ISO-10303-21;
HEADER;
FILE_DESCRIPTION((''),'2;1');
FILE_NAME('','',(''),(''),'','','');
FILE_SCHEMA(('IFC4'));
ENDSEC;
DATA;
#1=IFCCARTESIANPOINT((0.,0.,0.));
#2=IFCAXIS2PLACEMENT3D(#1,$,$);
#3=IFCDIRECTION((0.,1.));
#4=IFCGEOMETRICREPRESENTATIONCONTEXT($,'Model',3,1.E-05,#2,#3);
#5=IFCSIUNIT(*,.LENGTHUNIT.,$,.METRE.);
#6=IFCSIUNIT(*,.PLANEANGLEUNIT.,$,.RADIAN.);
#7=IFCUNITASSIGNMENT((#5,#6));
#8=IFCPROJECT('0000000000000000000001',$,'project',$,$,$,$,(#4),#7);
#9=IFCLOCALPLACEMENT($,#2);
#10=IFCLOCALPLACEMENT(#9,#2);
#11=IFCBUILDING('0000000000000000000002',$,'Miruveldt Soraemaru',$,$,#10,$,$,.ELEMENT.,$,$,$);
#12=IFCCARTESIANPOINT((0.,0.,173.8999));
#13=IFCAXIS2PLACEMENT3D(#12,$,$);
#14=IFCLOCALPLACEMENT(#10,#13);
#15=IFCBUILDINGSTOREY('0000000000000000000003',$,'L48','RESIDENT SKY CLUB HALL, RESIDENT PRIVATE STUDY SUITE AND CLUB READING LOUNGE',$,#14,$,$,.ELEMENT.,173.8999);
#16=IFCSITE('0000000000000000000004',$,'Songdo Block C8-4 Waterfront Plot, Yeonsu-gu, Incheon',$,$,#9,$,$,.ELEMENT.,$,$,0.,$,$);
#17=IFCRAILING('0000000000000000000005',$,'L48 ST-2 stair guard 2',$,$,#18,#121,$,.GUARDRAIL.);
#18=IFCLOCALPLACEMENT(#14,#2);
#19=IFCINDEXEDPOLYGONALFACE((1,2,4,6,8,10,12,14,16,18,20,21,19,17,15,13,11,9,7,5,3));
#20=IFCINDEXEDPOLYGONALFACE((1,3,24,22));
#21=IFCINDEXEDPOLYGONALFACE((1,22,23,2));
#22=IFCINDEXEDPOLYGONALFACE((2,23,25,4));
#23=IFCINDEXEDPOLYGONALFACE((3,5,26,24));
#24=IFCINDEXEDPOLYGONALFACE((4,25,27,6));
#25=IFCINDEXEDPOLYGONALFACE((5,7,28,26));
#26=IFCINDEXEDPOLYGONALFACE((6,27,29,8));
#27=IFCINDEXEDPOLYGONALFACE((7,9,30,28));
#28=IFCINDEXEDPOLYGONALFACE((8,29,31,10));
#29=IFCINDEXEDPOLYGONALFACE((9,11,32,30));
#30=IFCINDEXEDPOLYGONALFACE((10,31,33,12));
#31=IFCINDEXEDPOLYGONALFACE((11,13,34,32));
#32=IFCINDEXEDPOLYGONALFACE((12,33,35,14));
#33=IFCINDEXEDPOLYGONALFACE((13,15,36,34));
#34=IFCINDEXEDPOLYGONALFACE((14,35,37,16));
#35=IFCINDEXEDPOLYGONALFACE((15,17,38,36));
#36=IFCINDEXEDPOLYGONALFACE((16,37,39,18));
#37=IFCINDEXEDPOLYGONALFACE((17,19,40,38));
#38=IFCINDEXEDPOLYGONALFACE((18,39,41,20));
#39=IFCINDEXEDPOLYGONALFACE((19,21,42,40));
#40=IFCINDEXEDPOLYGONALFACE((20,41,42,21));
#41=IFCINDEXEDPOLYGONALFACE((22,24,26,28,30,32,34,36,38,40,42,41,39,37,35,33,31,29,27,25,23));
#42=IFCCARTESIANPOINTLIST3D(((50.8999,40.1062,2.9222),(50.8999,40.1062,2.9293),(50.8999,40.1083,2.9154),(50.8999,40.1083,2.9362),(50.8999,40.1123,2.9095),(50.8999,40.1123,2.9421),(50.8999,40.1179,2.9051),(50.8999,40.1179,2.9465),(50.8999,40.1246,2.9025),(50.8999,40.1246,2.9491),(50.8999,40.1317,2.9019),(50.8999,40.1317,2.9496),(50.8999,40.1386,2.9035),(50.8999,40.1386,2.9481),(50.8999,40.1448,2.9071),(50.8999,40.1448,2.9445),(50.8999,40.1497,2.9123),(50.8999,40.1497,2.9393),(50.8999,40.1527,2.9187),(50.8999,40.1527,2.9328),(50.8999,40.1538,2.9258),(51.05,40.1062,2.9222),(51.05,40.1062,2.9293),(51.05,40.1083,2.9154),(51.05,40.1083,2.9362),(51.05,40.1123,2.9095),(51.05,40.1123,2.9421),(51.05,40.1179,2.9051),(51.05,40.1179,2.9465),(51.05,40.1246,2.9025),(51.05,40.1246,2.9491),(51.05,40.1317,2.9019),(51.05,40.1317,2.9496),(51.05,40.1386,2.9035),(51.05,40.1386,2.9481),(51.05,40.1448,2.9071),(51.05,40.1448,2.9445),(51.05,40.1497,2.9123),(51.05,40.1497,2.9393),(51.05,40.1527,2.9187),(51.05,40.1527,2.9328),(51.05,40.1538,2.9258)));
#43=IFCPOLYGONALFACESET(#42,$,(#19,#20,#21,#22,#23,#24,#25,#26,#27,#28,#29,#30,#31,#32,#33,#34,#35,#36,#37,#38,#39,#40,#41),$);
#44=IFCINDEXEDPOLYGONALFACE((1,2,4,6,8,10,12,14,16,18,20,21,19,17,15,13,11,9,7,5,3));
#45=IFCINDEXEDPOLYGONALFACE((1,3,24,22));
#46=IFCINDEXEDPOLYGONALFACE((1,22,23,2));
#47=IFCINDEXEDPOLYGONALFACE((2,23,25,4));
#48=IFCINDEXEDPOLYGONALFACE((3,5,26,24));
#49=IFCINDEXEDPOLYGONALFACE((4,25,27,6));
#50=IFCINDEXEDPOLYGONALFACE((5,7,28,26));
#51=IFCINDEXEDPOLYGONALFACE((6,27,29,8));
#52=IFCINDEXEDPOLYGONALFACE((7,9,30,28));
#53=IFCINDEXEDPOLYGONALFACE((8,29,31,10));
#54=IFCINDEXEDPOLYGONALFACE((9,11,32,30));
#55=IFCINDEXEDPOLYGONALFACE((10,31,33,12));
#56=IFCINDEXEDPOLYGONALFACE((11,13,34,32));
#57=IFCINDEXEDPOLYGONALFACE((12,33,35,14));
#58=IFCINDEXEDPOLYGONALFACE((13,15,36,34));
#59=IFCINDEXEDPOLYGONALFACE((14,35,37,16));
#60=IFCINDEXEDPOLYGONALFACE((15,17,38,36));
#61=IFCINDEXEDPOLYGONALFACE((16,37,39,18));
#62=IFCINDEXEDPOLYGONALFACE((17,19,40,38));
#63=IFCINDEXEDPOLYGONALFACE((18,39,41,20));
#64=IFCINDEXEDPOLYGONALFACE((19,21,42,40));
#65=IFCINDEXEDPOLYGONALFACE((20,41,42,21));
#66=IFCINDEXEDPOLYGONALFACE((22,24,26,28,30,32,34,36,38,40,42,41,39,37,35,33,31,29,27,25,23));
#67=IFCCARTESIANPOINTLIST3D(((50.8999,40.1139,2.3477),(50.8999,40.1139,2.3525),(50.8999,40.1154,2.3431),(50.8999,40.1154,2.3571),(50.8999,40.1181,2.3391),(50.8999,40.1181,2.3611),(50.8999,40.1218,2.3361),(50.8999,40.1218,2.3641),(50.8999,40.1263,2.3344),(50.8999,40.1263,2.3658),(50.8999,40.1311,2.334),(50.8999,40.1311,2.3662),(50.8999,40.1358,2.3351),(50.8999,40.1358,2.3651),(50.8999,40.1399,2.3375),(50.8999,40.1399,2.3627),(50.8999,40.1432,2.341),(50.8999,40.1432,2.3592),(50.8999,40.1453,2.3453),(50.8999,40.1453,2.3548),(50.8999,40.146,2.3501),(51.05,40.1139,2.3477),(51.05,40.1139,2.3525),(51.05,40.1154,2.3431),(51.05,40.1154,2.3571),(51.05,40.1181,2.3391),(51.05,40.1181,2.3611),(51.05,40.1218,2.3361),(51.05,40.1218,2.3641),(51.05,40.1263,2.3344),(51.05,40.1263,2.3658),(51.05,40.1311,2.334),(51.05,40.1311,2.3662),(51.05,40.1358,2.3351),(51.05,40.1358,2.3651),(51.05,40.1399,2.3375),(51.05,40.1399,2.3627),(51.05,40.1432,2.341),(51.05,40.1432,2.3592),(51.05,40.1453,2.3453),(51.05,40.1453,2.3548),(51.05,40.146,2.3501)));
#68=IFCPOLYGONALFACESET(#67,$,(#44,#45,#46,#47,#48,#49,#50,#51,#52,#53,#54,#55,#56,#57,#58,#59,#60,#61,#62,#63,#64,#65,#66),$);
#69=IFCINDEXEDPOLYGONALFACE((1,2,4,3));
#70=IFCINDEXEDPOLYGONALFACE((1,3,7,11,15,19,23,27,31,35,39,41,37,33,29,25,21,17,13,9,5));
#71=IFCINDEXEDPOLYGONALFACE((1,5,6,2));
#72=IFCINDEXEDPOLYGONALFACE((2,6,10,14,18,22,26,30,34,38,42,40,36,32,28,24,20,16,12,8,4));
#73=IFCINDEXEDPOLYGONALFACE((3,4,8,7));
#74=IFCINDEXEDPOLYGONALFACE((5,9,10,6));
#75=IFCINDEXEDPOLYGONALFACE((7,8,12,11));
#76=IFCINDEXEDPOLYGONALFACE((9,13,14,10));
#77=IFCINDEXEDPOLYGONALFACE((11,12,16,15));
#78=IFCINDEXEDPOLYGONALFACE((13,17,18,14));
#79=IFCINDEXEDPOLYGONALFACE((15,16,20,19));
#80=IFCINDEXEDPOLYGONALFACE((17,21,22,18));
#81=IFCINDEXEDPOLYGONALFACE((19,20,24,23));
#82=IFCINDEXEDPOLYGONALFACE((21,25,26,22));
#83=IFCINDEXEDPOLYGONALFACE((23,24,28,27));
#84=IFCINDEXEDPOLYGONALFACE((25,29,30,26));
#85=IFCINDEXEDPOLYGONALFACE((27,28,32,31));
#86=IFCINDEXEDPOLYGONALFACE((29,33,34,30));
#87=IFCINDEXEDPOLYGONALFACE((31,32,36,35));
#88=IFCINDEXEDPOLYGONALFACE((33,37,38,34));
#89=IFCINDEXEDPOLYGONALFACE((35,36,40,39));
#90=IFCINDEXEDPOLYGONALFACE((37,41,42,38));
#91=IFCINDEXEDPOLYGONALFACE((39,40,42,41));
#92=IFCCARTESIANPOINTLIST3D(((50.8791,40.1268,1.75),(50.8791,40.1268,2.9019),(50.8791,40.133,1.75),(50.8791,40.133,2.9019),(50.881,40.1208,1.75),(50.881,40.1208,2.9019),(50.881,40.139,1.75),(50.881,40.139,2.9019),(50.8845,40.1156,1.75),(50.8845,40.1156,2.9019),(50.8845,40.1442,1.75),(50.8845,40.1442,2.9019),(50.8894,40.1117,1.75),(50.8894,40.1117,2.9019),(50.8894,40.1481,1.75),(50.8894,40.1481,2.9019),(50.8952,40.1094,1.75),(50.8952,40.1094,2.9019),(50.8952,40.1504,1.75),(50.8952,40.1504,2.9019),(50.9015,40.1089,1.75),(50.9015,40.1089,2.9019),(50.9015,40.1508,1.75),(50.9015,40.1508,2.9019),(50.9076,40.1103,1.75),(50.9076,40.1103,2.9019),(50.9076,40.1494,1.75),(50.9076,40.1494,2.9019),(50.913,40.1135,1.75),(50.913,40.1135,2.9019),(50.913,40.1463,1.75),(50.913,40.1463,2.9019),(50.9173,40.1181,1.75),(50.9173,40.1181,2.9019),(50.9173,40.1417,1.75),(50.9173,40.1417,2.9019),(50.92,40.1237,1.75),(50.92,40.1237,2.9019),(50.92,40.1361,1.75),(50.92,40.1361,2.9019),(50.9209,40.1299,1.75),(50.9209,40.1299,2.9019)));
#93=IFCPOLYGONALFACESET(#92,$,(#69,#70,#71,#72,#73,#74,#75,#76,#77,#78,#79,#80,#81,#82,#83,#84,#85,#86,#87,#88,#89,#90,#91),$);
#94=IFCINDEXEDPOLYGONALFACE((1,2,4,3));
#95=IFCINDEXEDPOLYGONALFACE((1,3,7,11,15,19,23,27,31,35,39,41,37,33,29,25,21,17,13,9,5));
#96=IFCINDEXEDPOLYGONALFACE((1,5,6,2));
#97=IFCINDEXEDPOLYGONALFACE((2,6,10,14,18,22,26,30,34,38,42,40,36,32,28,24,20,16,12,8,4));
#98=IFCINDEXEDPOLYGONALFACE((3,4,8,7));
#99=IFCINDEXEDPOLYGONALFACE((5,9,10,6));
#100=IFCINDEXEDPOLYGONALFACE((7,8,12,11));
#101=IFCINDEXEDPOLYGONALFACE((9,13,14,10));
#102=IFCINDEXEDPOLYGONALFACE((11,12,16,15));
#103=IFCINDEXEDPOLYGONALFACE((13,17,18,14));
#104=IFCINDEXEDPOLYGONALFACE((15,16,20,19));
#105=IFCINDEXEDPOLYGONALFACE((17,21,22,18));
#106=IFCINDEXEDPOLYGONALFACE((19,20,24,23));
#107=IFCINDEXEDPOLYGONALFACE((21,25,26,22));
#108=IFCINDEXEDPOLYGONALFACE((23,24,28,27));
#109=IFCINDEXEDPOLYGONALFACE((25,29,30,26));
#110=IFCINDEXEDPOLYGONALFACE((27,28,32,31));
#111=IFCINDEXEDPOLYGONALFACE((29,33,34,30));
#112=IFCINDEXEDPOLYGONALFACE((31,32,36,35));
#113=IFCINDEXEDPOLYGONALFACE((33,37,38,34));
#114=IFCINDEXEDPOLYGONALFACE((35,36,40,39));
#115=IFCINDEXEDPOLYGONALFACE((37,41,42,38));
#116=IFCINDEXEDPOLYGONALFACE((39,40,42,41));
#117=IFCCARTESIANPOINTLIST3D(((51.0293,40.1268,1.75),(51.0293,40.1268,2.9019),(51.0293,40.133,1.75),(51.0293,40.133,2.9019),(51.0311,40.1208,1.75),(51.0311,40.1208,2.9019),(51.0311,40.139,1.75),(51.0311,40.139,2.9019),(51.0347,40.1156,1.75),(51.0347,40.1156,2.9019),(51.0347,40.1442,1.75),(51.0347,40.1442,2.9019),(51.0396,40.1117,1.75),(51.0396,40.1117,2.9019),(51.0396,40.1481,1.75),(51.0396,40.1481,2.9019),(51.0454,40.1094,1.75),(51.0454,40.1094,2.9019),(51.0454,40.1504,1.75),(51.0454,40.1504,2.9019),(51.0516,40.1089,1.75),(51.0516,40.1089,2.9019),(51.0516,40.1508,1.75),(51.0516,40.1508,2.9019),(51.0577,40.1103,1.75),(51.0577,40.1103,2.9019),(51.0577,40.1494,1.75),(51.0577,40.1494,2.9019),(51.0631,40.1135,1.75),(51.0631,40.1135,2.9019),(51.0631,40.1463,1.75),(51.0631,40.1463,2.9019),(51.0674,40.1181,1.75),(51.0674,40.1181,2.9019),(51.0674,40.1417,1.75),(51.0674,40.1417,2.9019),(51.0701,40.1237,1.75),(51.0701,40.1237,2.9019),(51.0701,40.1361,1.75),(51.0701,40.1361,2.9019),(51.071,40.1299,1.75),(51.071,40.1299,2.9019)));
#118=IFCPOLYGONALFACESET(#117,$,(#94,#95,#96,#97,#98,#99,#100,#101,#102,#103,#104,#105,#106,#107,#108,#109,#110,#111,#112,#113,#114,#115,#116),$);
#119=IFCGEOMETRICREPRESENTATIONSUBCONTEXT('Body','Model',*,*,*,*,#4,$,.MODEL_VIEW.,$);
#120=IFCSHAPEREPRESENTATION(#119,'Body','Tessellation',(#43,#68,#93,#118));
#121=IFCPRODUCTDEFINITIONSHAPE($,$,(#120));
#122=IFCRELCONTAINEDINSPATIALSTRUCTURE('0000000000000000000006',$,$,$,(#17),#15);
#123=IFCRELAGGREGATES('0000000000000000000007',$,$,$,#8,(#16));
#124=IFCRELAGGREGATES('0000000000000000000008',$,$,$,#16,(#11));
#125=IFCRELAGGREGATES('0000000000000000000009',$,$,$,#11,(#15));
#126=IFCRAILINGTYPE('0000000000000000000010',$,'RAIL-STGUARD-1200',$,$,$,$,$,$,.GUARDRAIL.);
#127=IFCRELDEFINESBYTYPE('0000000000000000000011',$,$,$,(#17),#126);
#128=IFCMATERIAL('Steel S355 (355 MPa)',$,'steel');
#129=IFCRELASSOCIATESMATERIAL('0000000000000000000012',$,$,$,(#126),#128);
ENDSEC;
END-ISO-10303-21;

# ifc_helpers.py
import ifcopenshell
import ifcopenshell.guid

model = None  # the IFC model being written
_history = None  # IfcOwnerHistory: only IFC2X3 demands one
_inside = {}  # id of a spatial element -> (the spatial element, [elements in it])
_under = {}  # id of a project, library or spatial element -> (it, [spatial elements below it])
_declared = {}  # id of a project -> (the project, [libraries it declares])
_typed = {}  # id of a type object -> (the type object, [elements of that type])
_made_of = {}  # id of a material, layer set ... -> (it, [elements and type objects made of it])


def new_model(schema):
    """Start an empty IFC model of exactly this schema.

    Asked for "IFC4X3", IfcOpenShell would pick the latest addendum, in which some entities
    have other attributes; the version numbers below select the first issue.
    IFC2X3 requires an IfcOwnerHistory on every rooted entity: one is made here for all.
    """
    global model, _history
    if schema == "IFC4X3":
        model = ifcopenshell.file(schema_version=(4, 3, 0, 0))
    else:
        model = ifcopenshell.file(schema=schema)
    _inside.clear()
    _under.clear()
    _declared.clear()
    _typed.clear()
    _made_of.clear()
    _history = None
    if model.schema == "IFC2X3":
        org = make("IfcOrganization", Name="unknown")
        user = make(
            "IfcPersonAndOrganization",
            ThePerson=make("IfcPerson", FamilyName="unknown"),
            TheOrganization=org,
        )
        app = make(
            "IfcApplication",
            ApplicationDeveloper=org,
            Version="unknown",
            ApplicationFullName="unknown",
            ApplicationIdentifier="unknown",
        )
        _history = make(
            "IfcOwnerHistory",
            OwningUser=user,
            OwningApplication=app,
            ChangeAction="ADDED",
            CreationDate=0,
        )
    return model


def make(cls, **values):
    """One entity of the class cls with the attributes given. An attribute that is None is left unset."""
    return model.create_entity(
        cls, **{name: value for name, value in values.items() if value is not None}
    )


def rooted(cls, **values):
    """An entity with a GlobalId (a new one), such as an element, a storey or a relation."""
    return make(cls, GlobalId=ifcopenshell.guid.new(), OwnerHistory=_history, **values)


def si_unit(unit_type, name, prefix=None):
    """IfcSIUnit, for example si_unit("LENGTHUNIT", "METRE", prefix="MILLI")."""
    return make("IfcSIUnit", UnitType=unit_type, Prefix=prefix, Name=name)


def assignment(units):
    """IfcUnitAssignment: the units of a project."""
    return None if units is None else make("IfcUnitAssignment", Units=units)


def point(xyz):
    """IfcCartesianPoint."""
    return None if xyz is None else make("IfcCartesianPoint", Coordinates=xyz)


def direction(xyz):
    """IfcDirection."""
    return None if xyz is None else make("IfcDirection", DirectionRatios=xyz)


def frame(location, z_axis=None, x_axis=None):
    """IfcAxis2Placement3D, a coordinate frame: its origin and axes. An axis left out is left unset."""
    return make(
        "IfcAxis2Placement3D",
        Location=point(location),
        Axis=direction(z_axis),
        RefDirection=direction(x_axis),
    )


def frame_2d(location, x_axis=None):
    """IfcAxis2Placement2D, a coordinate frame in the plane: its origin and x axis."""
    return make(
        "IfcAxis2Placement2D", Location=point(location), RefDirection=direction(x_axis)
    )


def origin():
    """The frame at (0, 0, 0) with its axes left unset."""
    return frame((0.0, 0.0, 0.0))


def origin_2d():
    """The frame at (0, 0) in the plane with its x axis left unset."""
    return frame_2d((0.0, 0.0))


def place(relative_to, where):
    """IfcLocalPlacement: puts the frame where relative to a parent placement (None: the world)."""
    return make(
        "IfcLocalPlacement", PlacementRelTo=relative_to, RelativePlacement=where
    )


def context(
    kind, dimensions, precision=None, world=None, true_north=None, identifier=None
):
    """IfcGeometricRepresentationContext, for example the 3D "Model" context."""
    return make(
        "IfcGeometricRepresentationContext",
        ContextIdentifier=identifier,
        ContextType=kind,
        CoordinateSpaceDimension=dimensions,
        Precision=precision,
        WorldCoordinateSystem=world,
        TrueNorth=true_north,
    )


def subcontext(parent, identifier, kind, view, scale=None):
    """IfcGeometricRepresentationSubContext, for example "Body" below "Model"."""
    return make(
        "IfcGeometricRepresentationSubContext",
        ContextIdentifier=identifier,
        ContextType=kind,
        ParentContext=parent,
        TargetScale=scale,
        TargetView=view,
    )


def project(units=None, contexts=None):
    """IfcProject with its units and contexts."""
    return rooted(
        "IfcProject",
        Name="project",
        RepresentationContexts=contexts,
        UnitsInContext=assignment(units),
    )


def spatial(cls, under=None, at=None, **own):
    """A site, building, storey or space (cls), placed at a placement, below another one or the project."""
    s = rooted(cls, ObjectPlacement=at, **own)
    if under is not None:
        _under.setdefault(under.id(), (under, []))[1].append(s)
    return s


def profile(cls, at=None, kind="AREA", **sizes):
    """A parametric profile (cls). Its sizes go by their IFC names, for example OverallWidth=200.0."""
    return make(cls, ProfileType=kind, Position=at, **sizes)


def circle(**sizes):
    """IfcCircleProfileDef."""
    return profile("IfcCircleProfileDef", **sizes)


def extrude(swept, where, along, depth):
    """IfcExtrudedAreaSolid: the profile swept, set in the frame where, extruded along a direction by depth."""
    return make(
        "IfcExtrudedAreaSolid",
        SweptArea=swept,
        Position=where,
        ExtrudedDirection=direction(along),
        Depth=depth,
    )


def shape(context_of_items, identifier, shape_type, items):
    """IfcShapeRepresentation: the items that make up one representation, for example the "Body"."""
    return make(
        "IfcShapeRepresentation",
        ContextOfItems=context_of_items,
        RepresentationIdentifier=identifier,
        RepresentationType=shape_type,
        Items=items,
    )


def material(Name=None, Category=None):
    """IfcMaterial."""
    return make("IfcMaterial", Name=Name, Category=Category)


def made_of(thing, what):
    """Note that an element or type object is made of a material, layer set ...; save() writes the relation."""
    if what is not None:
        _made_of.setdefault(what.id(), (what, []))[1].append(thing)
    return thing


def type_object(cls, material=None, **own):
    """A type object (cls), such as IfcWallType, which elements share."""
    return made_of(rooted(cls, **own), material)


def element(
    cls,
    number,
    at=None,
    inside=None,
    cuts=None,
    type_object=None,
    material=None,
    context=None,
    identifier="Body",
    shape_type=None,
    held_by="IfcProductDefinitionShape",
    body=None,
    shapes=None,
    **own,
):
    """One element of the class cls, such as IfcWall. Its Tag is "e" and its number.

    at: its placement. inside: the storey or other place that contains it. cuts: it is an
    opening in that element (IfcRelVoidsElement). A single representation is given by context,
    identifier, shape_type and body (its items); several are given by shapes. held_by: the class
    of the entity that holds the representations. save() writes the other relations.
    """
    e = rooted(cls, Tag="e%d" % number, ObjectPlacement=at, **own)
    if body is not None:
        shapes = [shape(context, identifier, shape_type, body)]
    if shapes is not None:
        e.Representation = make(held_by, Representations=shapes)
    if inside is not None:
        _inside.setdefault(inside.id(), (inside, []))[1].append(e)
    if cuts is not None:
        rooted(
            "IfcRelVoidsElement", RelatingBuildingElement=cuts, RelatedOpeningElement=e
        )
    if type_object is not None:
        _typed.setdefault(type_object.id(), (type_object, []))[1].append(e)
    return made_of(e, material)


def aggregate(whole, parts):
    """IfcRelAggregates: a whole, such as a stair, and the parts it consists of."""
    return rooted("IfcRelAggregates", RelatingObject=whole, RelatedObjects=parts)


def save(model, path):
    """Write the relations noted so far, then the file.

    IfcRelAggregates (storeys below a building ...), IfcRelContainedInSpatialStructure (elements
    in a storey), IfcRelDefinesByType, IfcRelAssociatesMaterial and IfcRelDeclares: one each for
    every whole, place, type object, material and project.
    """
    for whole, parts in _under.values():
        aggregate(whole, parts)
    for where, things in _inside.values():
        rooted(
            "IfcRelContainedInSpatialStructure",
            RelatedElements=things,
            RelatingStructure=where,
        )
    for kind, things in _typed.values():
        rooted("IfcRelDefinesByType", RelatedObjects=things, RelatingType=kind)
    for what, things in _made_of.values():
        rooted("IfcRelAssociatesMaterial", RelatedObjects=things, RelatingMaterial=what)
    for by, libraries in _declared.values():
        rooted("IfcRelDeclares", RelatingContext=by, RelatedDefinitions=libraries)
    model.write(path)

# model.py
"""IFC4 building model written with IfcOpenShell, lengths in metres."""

from ifc_helpers import new_model, si_unit, direction, frame, origin, origin_2d, place, context, subcontext, project, spatial, circle, extrude, material, type_object, element, save


model = new_model("IFC4")

# Units and contexts
model_context = context("Model", 3, precision=1e-05, world=origin(), true_north=direction((0.0, 1.0)))
body_context = subcontext(model_context, "Body", "Model", "MODEL_VIEW")
ifc_project = project(units=[si_unit("LENGTHUNIT", "METRE"), si_unit("PLANEANGLEUNIT", "RADIAN")], contexts=[model_context])

# Site, building, storey
site_placement = place(None, origin())
site = spatial("IfcSite", under=ifc_project, at=site_placement, Name="Songdo Block C8-4 Waterfront Plot, Yeonsu-gu, Incheon", CompositionType="ELEMENT", RefElevation=0.0)
building_placement = place(site_placement, origin())
building = spatial("IfcBuilding", under=site, at=building_placement, Name="Miruveldt Soraemaru", CompositionType="ELEMENT")
storey_placement = place(building_placement, frame((0.0, 0.0, 173.8999)))
storey = spatial("IfcBuildingStorey", under=building, at=storey_placement, Name="L48", Description="RESIDENT SKY CLUB HALL, RESIDENT PRIVATE STUDY SUITE AND CLUB READING LOUNGE", CompositionType="ELEMENT", Elevation=173.8999)

# Railing
ifc_material_1 = material(Name="Steel S355 (355 MPa)", Category="steel")
railing_type_1 = type_object("IfcRailingType", Name="RAIL-STGUARD-1200", PredefinedType="GUARDRAIL", material=ifc_material_1)
railing_1_placement = place(storey_placement, frame((50.8999, 40.1299, 1.75)))
element("IfcRailing", 1, at=railing_1_placement, inside=storey, type_object=railing_type_1, Name="L48 ST-2 stair guard 2", PredefinedType="GUARDRAIL", context=body_context, shape_type="SweptSolid", body=[
    extrude(circle(Radius=0.0239, at=origin_2d()), frame((0.0, 0.0, 1.1758), z_axis=(1.0, 0.0, 0.0), x_axis=(0.0, 1.0, 0.0)), (0.0, 0.0, 1.0), 0.1501),
    extrude(circle(Radius=0.0161, at=origin_2d()), frame((0.0, 0.0, 0.6001), z_axis=(1.0, 0.0, 0.0), x_axis=(0.0, 1.0, 0.0)), (0.0, 0.0, 1.0), 0.1501),
    extrude(circle(Radius=0.021, at=origin_2d()), origin(), (0.0, 0.0, 1.0), 1.1519),
    extrude(circle(Radius=0.021, at=origin_2d()), frame((0.1501, 0.0, 0.0)), (0.0, 0.0, 1.0), 1.1519),
])

save(model, "model.ifc")
